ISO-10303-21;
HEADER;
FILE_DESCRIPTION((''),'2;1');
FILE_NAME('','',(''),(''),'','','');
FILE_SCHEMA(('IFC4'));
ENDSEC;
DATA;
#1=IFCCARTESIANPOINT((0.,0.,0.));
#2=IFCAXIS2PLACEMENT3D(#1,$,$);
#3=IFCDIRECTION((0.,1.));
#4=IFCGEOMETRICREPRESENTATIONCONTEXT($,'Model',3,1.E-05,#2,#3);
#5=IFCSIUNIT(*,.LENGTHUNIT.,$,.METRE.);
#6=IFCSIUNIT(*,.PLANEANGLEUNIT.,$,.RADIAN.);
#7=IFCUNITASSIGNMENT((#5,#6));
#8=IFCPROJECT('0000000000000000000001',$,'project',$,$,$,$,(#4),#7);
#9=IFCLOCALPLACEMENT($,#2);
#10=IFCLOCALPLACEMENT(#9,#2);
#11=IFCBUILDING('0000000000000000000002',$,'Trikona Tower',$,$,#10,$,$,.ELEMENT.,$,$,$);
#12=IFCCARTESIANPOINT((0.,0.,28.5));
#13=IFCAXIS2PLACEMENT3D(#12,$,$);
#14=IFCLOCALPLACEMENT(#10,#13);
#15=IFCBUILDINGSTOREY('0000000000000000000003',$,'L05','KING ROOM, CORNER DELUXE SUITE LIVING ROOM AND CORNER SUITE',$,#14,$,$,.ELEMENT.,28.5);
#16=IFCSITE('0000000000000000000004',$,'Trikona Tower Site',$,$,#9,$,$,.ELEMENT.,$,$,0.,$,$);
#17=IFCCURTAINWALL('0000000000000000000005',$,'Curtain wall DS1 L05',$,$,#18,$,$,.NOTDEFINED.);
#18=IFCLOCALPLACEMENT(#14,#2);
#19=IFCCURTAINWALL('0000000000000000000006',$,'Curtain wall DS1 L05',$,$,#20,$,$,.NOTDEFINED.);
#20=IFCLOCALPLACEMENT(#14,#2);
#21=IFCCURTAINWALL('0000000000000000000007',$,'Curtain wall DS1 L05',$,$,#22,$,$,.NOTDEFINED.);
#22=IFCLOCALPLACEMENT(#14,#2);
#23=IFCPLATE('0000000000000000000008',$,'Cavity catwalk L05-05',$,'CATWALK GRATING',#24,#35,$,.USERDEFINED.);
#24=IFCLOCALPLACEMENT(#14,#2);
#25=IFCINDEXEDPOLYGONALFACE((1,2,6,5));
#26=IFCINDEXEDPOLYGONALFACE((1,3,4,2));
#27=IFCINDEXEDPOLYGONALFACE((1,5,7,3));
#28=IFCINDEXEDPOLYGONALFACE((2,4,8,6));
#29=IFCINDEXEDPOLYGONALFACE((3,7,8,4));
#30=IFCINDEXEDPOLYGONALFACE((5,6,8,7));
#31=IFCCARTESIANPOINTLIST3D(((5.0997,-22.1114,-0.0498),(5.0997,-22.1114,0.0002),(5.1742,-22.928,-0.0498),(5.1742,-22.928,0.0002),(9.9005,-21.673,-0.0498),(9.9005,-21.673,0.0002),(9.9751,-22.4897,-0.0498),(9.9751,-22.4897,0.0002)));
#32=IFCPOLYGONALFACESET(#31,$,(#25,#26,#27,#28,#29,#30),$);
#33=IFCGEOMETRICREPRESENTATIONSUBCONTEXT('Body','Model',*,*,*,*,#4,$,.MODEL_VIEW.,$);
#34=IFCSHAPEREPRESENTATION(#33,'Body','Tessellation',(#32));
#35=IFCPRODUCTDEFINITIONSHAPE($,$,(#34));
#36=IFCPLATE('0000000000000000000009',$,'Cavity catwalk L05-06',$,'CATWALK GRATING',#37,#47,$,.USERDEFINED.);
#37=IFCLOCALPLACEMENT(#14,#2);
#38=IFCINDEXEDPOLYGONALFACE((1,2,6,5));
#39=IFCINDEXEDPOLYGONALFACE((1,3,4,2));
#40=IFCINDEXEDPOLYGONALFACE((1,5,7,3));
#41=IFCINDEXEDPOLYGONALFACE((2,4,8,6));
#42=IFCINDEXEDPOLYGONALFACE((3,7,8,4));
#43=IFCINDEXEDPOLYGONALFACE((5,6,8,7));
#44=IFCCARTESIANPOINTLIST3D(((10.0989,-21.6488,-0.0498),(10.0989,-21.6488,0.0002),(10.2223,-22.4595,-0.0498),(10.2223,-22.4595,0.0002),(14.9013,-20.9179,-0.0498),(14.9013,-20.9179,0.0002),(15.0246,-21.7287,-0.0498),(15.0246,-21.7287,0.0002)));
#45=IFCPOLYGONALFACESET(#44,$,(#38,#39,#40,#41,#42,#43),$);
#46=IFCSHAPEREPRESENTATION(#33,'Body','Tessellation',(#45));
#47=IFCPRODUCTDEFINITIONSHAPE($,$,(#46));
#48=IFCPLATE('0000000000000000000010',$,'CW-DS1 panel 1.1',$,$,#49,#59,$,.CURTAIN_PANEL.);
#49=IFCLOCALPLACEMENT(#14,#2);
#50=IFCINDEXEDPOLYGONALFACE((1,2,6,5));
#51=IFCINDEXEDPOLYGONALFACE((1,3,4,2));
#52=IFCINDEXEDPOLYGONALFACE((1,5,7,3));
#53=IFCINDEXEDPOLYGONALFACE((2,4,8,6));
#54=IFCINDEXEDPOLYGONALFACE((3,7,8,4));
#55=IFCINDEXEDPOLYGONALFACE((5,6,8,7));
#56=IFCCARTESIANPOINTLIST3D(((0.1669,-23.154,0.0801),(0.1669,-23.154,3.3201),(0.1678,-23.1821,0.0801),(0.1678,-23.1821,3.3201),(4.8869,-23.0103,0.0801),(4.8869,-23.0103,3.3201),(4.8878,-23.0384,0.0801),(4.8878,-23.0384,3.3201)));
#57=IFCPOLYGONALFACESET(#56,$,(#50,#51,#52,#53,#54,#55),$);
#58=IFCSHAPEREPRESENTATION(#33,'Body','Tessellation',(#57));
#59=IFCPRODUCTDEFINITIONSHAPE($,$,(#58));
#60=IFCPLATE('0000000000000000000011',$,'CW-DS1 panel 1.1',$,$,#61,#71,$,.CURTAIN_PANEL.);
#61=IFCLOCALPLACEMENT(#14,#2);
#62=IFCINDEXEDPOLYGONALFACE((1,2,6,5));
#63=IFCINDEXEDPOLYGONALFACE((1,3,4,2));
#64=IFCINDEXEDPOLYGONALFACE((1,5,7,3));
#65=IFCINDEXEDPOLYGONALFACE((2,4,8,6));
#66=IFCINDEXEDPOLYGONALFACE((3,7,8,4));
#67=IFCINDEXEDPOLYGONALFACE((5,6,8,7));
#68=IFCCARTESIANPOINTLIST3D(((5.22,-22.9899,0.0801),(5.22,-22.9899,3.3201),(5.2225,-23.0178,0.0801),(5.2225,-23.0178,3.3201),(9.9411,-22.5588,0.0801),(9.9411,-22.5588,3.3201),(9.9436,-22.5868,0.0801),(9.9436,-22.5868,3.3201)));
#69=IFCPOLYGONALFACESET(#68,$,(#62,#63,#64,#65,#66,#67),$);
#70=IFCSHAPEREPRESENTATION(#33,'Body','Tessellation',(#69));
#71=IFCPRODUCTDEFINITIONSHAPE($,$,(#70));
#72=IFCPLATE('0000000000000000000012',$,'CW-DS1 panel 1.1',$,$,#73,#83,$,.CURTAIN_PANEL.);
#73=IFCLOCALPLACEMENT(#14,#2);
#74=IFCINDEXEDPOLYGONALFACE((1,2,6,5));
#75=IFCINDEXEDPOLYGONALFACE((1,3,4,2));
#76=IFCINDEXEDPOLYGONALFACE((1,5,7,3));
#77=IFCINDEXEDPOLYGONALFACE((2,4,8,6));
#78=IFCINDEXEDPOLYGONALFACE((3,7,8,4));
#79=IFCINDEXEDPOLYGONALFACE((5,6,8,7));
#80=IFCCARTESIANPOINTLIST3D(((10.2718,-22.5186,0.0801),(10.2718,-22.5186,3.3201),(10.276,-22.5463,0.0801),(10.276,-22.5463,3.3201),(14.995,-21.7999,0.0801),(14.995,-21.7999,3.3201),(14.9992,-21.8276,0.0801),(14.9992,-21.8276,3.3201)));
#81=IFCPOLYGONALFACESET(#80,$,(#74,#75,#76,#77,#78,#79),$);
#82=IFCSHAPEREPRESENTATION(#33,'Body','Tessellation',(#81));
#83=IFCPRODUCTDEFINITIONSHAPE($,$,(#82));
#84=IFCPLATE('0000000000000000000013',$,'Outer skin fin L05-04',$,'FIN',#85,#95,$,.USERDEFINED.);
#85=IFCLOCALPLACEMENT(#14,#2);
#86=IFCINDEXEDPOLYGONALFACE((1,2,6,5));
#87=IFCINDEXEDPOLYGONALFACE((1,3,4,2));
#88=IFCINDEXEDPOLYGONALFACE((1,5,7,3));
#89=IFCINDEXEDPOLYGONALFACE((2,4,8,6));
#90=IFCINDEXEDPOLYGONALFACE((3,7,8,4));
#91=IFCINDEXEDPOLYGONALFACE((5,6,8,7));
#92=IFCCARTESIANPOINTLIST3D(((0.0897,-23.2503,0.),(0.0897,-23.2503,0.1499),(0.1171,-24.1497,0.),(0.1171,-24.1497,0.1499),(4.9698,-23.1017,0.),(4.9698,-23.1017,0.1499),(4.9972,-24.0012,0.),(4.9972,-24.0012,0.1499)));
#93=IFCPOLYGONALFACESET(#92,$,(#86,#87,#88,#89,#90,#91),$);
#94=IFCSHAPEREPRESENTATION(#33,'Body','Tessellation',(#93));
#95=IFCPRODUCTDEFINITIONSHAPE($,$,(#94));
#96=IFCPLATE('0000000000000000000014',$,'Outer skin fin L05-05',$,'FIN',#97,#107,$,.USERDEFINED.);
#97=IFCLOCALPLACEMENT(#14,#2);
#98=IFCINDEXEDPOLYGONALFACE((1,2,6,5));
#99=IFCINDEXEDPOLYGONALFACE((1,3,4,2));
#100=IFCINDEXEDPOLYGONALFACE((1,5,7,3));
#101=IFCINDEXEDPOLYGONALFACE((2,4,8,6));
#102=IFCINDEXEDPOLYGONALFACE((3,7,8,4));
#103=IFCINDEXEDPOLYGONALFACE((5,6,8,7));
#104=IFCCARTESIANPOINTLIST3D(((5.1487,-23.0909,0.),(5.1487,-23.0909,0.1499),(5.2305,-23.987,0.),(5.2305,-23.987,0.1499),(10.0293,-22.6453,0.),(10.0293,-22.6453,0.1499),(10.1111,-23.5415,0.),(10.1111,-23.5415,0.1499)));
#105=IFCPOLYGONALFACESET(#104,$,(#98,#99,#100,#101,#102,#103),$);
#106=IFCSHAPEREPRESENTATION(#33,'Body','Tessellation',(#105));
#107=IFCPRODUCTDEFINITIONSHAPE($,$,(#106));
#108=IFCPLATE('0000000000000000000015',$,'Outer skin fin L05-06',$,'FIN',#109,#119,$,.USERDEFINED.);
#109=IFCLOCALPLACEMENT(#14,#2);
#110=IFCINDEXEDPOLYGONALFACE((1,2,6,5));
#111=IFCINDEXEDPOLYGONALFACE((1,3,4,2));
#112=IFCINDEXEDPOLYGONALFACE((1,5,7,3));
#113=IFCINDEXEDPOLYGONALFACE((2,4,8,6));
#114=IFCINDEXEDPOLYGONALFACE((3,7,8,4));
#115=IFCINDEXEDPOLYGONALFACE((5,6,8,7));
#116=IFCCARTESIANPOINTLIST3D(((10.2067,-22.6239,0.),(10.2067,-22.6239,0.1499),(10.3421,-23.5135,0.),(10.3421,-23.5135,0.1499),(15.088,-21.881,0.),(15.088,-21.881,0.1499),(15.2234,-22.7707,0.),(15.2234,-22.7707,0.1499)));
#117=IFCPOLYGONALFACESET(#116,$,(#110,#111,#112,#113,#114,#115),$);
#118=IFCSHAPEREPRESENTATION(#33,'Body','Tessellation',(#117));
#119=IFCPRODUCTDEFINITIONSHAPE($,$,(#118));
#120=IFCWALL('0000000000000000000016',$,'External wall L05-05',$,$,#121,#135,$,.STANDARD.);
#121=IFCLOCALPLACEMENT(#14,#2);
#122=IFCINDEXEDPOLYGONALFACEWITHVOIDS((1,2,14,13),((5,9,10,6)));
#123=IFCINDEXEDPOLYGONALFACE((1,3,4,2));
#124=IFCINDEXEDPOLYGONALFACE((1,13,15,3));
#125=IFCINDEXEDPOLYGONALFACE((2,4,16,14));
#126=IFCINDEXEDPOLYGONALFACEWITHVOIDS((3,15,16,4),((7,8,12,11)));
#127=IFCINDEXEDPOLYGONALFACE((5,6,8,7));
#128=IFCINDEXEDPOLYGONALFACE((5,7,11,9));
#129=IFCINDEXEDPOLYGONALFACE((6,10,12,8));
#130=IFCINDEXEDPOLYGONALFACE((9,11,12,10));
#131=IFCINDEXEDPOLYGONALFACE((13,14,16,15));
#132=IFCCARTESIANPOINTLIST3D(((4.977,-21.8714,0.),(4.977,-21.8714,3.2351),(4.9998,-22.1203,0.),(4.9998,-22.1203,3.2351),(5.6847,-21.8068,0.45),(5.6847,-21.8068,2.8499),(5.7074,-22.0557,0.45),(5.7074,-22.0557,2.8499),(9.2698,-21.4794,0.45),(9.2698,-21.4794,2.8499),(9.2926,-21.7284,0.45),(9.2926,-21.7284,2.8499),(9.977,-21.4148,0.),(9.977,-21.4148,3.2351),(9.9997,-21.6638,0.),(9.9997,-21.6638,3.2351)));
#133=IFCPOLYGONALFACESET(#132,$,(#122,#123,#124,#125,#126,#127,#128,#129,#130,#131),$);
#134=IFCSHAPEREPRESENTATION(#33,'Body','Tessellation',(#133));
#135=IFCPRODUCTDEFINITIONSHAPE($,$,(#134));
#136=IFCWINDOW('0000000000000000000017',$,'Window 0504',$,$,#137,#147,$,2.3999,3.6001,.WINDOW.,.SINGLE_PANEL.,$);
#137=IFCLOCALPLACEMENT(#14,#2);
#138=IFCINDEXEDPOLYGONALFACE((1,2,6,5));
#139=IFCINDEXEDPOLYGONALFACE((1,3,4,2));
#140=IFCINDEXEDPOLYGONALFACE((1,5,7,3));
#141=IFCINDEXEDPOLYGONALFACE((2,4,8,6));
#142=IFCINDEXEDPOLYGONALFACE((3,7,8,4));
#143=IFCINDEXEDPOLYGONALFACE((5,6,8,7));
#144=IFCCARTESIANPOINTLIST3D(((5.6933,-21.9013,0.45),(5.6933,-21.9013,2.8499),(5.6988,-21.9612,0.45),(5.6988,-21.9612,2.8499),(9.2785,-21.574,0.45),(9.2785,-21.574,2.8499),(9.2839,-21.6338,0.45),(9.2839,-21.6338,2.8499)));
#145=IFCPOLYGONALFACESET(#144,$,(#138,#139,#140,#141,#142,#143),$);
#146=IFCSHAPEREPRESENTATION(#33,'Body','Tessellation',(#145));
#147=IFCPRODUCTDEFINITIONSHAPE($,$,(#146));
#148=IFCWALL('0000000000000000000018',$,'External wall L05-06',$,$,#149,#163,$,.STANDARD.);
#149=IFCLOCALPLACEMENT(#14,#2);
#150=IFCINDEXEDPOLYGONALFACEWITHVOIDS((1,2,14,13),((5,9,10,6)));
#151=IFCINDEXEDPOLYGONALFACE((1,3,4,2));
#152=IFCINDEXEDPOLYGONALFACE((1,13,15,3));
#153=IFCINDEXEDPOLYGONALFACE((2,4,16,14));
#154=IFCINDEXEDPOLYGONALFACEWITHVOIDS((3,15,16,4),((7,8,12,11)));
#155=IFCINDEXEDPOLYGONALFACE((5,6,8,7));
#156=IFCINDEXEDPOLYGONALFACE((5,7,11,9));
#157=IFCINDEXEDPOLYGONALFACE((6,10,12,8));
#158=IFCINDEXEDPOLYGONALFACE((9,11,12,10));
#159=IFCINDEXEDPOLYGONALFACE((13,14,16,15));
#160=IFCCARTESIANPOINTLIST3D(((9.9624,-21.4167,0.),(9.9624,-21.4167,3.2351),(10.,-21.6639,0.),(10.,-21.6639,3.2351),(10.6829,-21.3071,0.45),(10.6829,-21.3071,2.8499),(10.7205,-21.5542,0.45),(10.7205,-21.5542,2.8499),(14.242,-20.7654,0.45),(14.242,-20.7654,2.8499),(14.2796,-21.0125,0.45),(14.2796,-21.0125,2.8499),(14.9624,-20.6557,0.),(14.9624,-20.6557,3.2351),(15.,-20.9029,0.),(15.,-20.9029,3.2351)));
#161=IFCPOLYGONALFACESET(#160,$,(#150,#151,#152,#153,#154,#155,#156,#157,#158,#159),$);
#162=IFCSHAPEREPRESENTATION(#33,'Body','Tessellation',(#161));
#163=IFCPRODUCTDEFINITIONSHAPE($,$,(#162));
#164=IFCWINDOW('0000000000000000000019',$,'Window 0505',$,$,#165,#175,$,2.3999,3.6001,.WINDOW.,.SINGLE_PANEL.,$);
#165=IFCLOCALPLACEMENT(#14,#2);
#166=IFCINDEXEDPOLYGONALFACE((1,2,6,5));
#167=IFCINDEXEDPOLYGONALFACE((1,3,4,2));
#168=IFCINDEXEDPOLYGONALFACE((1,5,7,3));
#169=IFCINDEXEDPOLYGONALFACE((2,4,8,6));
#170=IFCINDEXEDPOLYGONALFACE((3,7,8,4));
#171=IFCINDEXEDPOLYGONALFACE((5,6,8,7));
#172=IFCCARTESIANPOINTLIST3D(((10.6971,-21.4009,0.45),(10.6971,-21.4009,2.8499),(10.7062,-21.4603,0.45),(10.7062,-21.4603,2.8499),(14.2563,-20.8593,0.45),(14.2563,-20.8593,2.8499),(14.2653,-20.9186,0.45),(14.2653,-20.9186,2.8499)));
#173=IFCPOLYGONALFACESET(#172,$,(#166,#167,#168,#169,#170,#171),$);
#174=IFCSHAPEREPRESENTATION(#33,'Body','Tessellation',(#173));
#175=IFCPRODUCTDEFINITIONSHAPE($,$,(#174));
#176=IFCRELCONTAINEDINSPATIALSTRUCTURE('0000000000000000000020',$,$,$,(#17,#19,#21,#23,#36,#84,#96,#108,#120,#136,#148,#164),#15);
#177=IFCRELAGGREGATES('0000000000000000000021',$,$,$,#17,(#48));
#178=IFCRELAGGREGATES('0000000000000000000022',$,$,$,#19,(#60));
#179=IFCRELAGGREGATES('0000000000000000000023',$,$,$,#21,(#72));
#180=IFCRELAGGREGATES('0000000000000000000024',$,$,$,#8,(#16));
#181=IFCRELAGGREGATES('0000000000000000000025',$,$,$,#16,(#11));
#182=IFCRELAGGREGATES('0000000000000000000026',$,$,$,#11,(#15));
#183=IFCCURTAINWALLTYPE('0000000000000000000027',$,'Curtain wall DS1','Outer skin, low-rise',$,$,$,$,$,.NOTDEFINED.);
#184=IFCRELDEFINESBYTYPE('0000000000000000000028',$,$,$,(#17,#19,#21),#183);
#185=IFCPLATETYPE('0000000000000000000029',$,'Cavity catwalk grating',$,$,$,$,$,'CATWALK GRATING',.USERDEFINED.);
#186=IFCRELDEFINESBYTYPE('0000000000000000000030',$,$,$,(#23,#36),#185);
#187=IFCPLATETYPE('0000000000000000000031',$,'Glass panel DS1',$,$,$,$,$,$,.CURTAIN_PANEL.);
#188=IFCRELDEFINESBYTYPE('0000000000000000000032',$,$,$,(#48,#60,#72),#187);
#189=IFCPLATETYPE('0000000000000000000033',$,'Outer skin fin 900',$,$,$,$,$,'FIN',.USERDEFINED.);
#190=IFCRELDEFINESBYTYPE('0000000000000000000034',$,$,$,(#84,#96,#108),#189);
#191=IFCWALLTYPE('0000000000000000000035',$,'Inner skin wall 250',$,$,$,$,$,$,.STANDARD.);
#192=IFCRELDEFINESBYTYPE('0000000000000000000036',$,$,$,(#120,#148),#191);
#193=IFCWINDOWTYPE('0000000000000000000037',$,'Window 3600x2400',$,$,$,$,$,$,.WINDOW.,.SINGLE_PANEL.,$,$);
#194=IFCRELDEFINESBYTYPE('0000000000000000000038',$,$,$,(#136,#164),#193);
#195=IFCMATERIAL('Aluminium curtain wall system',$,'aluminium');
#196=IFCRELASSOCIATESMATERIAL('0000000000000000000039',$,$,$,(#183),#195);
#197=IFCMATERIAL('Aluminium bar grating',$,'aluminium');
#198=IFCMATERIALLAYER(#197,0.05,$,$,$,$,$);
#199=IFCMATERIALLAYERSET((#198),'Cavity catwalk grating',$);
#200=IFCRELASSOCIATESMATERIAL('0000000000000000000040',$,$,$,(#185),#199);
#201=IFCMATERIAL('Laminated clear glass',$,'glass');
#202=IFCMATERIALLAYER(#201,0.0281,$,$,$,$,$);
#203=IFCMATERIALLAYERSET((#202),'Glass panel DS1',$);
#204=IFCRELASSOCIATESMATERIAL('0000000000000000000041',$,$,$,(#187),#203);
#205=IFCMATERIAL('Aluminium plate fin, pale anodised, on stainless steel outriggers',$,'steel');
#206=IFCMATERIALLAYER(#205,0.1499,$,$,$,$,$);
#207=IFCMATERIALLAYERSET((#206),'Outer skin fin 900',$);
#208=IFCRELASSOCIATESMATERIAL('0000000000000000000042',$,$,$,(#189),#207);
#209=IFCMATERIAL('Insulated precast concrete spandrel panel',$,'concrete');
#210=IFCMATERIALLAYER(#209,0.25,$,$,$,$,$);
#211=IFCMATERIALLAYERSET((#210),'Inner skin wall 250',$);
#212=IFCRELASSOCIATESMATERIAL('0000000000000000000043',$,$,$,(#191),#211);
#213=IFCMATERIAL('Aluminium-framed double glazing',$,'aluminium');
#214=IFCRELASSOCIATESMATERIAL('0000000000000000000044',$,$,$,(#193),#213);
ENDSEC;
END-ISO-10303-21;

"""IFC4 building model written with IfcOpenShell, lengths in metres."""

from ifc_helpers import new_model, si_unit, direction, frame, frame_2d, origin, origin_2d, place, context, subcontext, project, spatial, rectangle, extrude, material, layer, layer_set, type_object, element, fill, aggregate, save


model = new_model("IFC4")

# Units and contexts
model_context = context("Model", 3, precision=1e-05, world=origin(), true_north=direction((0.0, 1.0)))
body_context = subcontext(model_context, "Body", "Model", "MODEL_VIEW")
ifc_project = project(units=[si_unit("LENGTHUNIT", "METRE"), si_unit("PLANEANGLEUNIT", "RADIAN")], contexts=[model_context])

# Site, building, storey
site_placement = place(None, origin())
site = spatial("IfcSite", under=ifc_project, at=site_placement, Name="Trikona Tower Site", CompositionType="ELEMENT", RefElevation=0.0)
building_placement = place(site_placement, origin())
building = spatial("IfcBuilding", under=site, at=building_placement, Name="Trikona Tower", CompositionType="ELEMENT")
storey_placement = place(building_placement, frame((0.0, 0.0, 28.5)))
storey = spatial("IfcBuildingStorey", under=building, at=storey_placement, Name="L05", Description="KING ROOM, CORNER DELUXE SUITE LIVING ROOM AND CORNER SUITE", CompositionType="ELEMENT", Elevation=28.5)

# Curtain walls
ifc_material_1 = material(Name="Aluminium curtain wall system", Category="aluminium")
curtain_wall_type = type_object("IfcCurtainWallType", Name="Curtain wall DS1", Description="Outer skin, low-rise", PredefinedType="NOTDEFINED", material=ifc_material_1)
curtain_wall_1_placement = place(storey_placement, origin())
curtain_wall_1 = element("IfcCurtainWall", 1, at=curtain_wall_1_placement, inside=storey, type_object=curtain_wall_type, Name="Curtain wall DS1 L05", PredefinedType="NOTDEFINED")
curtain_wall_2_placement = place(storey_placement, origin())
curtain_wall_2 = element("IfcCurtainWall", 2, at=curtain_wall_2_placement, inside=storey, type_object=curtain_wall_type, Name="Curtain wall DS1 L05", PredefinedType="NOTDEFINED")

# Curtain wall
curtain_wall_3_placement = place(storey_placement, origin())
curtain_wall_3 = element("IfcCurtainWall", 3, at=curtain_wall_3_placement, inside=storey, type_object=curtain_wall_type, Name="Curtain wall DS1 L05", PredefinedType="NOTDEFINED")

# Plates
ifc_material_2 = material(Name="Aluminium bar grating", Category="aluminium")
ifc_layer_1 = layer(ifc_material_2, 0.05)
ifc_layer_set_1 = layer_set([ifc_layer_1], Name="Cavity catwalk grating")
plate_type_1 = type_object("IfcPlateType", Name="Cavity catwalk grating", ElementType="CATWALK GRATING", PredefinedType="USERDEFINED", material=ifc_layer_set_1)
plate_1_placement = place(storey_placement, frame((7.5374, -22.3005, -0.0498), z_axis=(0.0, 0.0, 1.0), x_axis=(0.995858, 0.090921, 0.0)))
element("IfcPlate", 4, at=plate_1_placement, inside=storey, type_object=plate_type_1, Name="Cavity catwalk L05-05", ObjectType="CATWALK GRATING", PredefinedType="USERDEFINED", context=body_context, shape_type="SweptSolid", body=[
    extrude(rectangle(XDim=4.8208, YDim=0.8201, at=origin_2d()), origin(), (0.0, 0.0, 1.0), 0.05),
])
plate_2_placement = place(storey_placement, frame((12.5618, -21.6887, -0.0498), z_axis=(0.0, 0.0, 1.0), x_axis=(0.988618, 0.150448, 0.0)))
element("IfcPlate", 5, at=plate_2_placement, inside=storey, type_object=plate_type_1, Name="Cavity catwalk L05-06", ObjectType="CATWALK GRATING", PredefinedType="USERDEFINED", context=body_context, shape_type="SweptSolid", body=[
    extrude(rectangle(XDim=4.8577, YDim=0.8201, at=origin_2d()), origin(), (0.0, 0.0, 1.0), 0.05),
])

# Plates
ifc_material_3 = material(Name="Laminated clear glass", Category="glass")
ifc_layer_2 = layer(ifc_material_3, 0.0281)
ifc_layer_set_2 = layer_set([ifc_layer_2], Name="Glass panel DS1")
plate_type_2 = type_object("IfcPlateType", Name="Glass panel DS1", PredefinedType="CURTAIN_PANEL", material=ifc_layer_set_2)
plate_3_placement = place(storey_placement, frame((2.5273, -23.0962, 0.0801), z_axis=(0.0, 0.0, 1.0), x_axis=(0.999537, 0.030437, 0.0)))
plate_3 = element("IfcPlate", 6, at=plate_3_placement, type_object=plate_type_2, Name="CW-DS1 panel 1.1", PredefinedType="CURTAIN_PANEL", context=body_context, shape_type="SweptSolid", body=[
    extrude(rectangle(XDim=4.7222, YDim=0.0281, at=origin_2d()), origin(), (0.0, 0.0, 1.0), 3.24),
])
aggregate(curtain_wall_1, [plate_3])
plate_4_placement = place(storey_placement, frame((7.5818, -22.7883, 0.0801), z_axis=(0.0, 0.0, 1.0), x_axis=(0.995858, 0.090924, 0.0)))
plate_4 = element("IfcPlate", 7, at=plate_4_placement, type_object=plate_type_2, Name="CW-DS1 panel 1.1", PredefinedType="CURTAIN_PANEL", context=body_context, shape_type="SweptSolid", body=[
    extrude(rectangle(XDim=4.7407, YDim=0.0281, at=origin_2d()), origin(), (0.0, 0.0, 1.0), 3.24),
])
aggregate(curtain_wall_2, [plate_4])
plate_5_placement = place(storey_placement, frame((12.6355, -22.1731, 0.0801), z_axis=(0.0, 0.0, 1.0), x_axis=(0.988619, 0.150438, 0.0)))
plate_5 = element("IfcPlate", 8, at=plate_5_placement, type_object=plate_type_2, Name="CW-DS1 panel 1.1", PredefinedType="CURTAIN_PANEL", context=body_context, shape_type="SweptSolid", body=[
    extrude(rectangle(XDim=4.7776, YDim=0.0281, at=origin_2d()), origin(), (0.0, 0.0, 1.0), 3.24),
])
aggregate(curtain_wall_3, [plate_5])

# Plates
ifc_material_4 = material(Name="Aluminium plate fin, pale anodised, on stainless steel outriggers", Category="steel")
ifc_layer_3 = layer(ifc_material_4, 0.1499)
ifc_layer_set_3 = layer_set([ifc_layer_3], Name="Outer skin fin 900")
plate_type_3 = type_object("IfcPlateType", Name="Outer skin fin 900", ElementType="FIN", PredefinedType="USERDEFINED", material=ifc_layer_set_3)
plate_6_placement = place(storey_placement, frame((2.5435, -23.6257, 0.0), z_axis=(0.0, 0.0, 1.0), x_axis=(0.999537, 0.030425, 0.0)))
element("IfcPlate", 9, at=plate_6_placement, inside=storey, type_object=plate_type_3, Name="Outer skin fin L05-04", ObjectType="FIN", PredefinedType="USERDEFINED", context=body_context, shape_type="SweptSolid", body=[
    extrude(rectangle(XDim=4.8823, YDim=0.8999, at=origin_2d()), origin(), (0.0, 0.0, 1.0), 0.1499),
])
plate_7_placement = place(storey_placement, frame((7.6299, -23.3162, 0.0), z_axis=(0.0, 0.0, 1.0), x_axis=(0.995858, 0.090921, 0.0)))
element("IfcPlate", 10, at=plate_7_placement, inside=storey, type_object=plate_type_3, Name="Outer skin fin L05-05", ObjectType="FIN", PredefinedType="USERDEFINED", context=body_context, shape_type="SweptSolid", body=[
    extrude(rectangle(XDim=4.9009, YDim=0.8999, at=origin_2d()), origin(), (0.0, 0.0, 1.0), 0.1499),
])
plate_8_placement = place(storey_placement, frame((12.7151, -22.6973, 0.0), z_axis=(0.0, 0.0, 1.0), x_axis=(0.988618, 0.150448, 0.0)))
element("IfcPlate", 11, at=plate_8_placement, inside=storey, type_object=plate_type_3, Name="Outer skin fin L05-06", ObjectType="FIN", PredefinedType="USERDEFINED", context=body_context, shape_type="SweptSolid", body=[
    extrude(rectangle(XDim=4.9375, YDim=0.8999, at=origin_2d()), origin(), (0.0, 0.0, 1.0), 0.1499),
])

# Walls, openings, windows
ifc_material_5 = material(Name="Insulated precast concrete spandrel panel", Category="concrete")
ifc_layer_4 = layer(ifc_material_5, 0.25)
ifc_layer_set_4 = layer_set([ifc_layer_4], Name="Inner skin wall 250")
wall_type = type_object("IfcWallType", Name="Inner skin wall 250", PredefinedType="STANDARD", material=ifc_layer_set_4)
wall_1_placement = place(storey_placement, frame((4.9885, -21.9958, 0.0), z_axis=(0.0, 0.0, 1.0), x_axis=(0.995857, 0.09093, 0.0)))
wall_1 = element("IfcWall", 12, at=wall_1_placement, inside=storey, type_object=wall_type, Name="External wall L05-05", PredefinedType="STANDARD", context=body_context, shape_type="SweptSolid", body=[
    extrude(rectangle(XDim=5.0208, YDim=0.25, at=frame_2d((2.5103, 0.0))), origin(), (0.0, 0.0, 1.0), 3.2351),
])
opening_1_placement = place(wall_1_placement, frame((0.7104, 0.0, 0.45)))
opening_1 = element("IfcOpeningElement", 13, at=opening_1_placement, cuts=wall_1, PredefinedType="OPENING", context=body_context, shape_type="SweptSolid", body=[
    extrude(rectangle(XDim=3.6001, YDim=2.3999, at=frame_2d((1.8, 1.2))), frame((0.0, 0.135, 0.0), z_axis=(0.0, -1.0, 0.0), x_axis=(1.0, 0.0, 0.0)), (0.0, 0.0, 1.0), 0.27),
])
ifc_material_6 = material(Name="Aluminium-framed double glazing", Category="aluminium")
window_type = type_object("IfcWindowType", Name="Window 3600x2400", PartitioningType="SINGLE_PANEL", PredefinedType="WINDOW", material=ifc_material_6)
window_1_placement = place(opening_1_placement, origin())
window_1 = element("IfcWindow", 14, at=window_1_placement, inside=storey, type_object=window_type, Name="Window 0504", OverallHeight=2.3999, OverallWidth=3.6001, PartitioningType="SINGLE_PANEL", PredefinedType="WINDOW", context=body_context, shape_type="SweptSolid", body=[
    extrude(rectangle(XDim=3.6001, YDim=2.3999, at=frame_2d((1.8, 1.2))), frame((0.0, 0.03, 0.0), z_axis=(0.0, -1.0, 0.0), x_axis=(1.0, 0.0, 0.0)), (0.0, 0.0, 1.0), 0.0601),
])
fill(opening_1, window_1)
wall_2_placement = place(storey_placement, frame((9.9812, -21.5403, 0.0), z_axis=(0.0, 0.0, 1.0), x_axis=(0.988615, 0.150465, 0.0)))
wall_2 = element("IfcWall", 15, at=wall_2_placement, inside=storey, type_object=wall_type, Name="External wall L05-06", PredefinedType="STANDARD", context=body_context, shape_type="SweptSolid", body=[
    extrude(rectangle(XDim=5.0576, YDim=0.25, at=frame_2d((2.5288, 0.0))), origin(), (0.0, 0.0, 1.0), 3.2351),
])
opening_2_placement = place(wall_2_placement, frame((0.7288, 0.0, 0.45)))
opening_2 = element("IfcOpeningElement", 16, at=opening_2_placement, cuts=wall_2, PredefinedType="OPENING", context=body_context, shape_type="SweptSolid", body=[
    extrude(rectangle(XDim=3.6001, YDim=2.3999, at=frame_2d((1.8, 1.2))), frame((0.0, 0.135, 0.0), z_axis=(0.0, -1.0, 0.0), x_axis=(1.0, 0.0, 0.0)), (0.0, 0.0, 1.0), 0.27),
])
window_2_placement = place(opening_2_placement, origin())
window_2 = element("IfcWindow", 17, at=window_2_placement, inside=storey, type_object=window_type, Name="Window 0505", OverallHeight=2.3999, OverallWidth=3.6001, PartitioningType="SINGLE_PANEL", PredefinedType="WINDOW", context=body_context, shape_type="SweptSolid", body=[
    extrude(rectangle(XDim=3.6001, YDim=2.3999, at=frame_2d((1.8, 1.2))), frame((0.0, 0.03, 0.0), z_axis=(0.0, -1.0, 0.0), x_axis=(1.0, 0.0, 0.0)), (0.0, 0.0, 1.0), 0.0601),
])
fill(opening_2, window_2)

save(model, "model.ifc")
